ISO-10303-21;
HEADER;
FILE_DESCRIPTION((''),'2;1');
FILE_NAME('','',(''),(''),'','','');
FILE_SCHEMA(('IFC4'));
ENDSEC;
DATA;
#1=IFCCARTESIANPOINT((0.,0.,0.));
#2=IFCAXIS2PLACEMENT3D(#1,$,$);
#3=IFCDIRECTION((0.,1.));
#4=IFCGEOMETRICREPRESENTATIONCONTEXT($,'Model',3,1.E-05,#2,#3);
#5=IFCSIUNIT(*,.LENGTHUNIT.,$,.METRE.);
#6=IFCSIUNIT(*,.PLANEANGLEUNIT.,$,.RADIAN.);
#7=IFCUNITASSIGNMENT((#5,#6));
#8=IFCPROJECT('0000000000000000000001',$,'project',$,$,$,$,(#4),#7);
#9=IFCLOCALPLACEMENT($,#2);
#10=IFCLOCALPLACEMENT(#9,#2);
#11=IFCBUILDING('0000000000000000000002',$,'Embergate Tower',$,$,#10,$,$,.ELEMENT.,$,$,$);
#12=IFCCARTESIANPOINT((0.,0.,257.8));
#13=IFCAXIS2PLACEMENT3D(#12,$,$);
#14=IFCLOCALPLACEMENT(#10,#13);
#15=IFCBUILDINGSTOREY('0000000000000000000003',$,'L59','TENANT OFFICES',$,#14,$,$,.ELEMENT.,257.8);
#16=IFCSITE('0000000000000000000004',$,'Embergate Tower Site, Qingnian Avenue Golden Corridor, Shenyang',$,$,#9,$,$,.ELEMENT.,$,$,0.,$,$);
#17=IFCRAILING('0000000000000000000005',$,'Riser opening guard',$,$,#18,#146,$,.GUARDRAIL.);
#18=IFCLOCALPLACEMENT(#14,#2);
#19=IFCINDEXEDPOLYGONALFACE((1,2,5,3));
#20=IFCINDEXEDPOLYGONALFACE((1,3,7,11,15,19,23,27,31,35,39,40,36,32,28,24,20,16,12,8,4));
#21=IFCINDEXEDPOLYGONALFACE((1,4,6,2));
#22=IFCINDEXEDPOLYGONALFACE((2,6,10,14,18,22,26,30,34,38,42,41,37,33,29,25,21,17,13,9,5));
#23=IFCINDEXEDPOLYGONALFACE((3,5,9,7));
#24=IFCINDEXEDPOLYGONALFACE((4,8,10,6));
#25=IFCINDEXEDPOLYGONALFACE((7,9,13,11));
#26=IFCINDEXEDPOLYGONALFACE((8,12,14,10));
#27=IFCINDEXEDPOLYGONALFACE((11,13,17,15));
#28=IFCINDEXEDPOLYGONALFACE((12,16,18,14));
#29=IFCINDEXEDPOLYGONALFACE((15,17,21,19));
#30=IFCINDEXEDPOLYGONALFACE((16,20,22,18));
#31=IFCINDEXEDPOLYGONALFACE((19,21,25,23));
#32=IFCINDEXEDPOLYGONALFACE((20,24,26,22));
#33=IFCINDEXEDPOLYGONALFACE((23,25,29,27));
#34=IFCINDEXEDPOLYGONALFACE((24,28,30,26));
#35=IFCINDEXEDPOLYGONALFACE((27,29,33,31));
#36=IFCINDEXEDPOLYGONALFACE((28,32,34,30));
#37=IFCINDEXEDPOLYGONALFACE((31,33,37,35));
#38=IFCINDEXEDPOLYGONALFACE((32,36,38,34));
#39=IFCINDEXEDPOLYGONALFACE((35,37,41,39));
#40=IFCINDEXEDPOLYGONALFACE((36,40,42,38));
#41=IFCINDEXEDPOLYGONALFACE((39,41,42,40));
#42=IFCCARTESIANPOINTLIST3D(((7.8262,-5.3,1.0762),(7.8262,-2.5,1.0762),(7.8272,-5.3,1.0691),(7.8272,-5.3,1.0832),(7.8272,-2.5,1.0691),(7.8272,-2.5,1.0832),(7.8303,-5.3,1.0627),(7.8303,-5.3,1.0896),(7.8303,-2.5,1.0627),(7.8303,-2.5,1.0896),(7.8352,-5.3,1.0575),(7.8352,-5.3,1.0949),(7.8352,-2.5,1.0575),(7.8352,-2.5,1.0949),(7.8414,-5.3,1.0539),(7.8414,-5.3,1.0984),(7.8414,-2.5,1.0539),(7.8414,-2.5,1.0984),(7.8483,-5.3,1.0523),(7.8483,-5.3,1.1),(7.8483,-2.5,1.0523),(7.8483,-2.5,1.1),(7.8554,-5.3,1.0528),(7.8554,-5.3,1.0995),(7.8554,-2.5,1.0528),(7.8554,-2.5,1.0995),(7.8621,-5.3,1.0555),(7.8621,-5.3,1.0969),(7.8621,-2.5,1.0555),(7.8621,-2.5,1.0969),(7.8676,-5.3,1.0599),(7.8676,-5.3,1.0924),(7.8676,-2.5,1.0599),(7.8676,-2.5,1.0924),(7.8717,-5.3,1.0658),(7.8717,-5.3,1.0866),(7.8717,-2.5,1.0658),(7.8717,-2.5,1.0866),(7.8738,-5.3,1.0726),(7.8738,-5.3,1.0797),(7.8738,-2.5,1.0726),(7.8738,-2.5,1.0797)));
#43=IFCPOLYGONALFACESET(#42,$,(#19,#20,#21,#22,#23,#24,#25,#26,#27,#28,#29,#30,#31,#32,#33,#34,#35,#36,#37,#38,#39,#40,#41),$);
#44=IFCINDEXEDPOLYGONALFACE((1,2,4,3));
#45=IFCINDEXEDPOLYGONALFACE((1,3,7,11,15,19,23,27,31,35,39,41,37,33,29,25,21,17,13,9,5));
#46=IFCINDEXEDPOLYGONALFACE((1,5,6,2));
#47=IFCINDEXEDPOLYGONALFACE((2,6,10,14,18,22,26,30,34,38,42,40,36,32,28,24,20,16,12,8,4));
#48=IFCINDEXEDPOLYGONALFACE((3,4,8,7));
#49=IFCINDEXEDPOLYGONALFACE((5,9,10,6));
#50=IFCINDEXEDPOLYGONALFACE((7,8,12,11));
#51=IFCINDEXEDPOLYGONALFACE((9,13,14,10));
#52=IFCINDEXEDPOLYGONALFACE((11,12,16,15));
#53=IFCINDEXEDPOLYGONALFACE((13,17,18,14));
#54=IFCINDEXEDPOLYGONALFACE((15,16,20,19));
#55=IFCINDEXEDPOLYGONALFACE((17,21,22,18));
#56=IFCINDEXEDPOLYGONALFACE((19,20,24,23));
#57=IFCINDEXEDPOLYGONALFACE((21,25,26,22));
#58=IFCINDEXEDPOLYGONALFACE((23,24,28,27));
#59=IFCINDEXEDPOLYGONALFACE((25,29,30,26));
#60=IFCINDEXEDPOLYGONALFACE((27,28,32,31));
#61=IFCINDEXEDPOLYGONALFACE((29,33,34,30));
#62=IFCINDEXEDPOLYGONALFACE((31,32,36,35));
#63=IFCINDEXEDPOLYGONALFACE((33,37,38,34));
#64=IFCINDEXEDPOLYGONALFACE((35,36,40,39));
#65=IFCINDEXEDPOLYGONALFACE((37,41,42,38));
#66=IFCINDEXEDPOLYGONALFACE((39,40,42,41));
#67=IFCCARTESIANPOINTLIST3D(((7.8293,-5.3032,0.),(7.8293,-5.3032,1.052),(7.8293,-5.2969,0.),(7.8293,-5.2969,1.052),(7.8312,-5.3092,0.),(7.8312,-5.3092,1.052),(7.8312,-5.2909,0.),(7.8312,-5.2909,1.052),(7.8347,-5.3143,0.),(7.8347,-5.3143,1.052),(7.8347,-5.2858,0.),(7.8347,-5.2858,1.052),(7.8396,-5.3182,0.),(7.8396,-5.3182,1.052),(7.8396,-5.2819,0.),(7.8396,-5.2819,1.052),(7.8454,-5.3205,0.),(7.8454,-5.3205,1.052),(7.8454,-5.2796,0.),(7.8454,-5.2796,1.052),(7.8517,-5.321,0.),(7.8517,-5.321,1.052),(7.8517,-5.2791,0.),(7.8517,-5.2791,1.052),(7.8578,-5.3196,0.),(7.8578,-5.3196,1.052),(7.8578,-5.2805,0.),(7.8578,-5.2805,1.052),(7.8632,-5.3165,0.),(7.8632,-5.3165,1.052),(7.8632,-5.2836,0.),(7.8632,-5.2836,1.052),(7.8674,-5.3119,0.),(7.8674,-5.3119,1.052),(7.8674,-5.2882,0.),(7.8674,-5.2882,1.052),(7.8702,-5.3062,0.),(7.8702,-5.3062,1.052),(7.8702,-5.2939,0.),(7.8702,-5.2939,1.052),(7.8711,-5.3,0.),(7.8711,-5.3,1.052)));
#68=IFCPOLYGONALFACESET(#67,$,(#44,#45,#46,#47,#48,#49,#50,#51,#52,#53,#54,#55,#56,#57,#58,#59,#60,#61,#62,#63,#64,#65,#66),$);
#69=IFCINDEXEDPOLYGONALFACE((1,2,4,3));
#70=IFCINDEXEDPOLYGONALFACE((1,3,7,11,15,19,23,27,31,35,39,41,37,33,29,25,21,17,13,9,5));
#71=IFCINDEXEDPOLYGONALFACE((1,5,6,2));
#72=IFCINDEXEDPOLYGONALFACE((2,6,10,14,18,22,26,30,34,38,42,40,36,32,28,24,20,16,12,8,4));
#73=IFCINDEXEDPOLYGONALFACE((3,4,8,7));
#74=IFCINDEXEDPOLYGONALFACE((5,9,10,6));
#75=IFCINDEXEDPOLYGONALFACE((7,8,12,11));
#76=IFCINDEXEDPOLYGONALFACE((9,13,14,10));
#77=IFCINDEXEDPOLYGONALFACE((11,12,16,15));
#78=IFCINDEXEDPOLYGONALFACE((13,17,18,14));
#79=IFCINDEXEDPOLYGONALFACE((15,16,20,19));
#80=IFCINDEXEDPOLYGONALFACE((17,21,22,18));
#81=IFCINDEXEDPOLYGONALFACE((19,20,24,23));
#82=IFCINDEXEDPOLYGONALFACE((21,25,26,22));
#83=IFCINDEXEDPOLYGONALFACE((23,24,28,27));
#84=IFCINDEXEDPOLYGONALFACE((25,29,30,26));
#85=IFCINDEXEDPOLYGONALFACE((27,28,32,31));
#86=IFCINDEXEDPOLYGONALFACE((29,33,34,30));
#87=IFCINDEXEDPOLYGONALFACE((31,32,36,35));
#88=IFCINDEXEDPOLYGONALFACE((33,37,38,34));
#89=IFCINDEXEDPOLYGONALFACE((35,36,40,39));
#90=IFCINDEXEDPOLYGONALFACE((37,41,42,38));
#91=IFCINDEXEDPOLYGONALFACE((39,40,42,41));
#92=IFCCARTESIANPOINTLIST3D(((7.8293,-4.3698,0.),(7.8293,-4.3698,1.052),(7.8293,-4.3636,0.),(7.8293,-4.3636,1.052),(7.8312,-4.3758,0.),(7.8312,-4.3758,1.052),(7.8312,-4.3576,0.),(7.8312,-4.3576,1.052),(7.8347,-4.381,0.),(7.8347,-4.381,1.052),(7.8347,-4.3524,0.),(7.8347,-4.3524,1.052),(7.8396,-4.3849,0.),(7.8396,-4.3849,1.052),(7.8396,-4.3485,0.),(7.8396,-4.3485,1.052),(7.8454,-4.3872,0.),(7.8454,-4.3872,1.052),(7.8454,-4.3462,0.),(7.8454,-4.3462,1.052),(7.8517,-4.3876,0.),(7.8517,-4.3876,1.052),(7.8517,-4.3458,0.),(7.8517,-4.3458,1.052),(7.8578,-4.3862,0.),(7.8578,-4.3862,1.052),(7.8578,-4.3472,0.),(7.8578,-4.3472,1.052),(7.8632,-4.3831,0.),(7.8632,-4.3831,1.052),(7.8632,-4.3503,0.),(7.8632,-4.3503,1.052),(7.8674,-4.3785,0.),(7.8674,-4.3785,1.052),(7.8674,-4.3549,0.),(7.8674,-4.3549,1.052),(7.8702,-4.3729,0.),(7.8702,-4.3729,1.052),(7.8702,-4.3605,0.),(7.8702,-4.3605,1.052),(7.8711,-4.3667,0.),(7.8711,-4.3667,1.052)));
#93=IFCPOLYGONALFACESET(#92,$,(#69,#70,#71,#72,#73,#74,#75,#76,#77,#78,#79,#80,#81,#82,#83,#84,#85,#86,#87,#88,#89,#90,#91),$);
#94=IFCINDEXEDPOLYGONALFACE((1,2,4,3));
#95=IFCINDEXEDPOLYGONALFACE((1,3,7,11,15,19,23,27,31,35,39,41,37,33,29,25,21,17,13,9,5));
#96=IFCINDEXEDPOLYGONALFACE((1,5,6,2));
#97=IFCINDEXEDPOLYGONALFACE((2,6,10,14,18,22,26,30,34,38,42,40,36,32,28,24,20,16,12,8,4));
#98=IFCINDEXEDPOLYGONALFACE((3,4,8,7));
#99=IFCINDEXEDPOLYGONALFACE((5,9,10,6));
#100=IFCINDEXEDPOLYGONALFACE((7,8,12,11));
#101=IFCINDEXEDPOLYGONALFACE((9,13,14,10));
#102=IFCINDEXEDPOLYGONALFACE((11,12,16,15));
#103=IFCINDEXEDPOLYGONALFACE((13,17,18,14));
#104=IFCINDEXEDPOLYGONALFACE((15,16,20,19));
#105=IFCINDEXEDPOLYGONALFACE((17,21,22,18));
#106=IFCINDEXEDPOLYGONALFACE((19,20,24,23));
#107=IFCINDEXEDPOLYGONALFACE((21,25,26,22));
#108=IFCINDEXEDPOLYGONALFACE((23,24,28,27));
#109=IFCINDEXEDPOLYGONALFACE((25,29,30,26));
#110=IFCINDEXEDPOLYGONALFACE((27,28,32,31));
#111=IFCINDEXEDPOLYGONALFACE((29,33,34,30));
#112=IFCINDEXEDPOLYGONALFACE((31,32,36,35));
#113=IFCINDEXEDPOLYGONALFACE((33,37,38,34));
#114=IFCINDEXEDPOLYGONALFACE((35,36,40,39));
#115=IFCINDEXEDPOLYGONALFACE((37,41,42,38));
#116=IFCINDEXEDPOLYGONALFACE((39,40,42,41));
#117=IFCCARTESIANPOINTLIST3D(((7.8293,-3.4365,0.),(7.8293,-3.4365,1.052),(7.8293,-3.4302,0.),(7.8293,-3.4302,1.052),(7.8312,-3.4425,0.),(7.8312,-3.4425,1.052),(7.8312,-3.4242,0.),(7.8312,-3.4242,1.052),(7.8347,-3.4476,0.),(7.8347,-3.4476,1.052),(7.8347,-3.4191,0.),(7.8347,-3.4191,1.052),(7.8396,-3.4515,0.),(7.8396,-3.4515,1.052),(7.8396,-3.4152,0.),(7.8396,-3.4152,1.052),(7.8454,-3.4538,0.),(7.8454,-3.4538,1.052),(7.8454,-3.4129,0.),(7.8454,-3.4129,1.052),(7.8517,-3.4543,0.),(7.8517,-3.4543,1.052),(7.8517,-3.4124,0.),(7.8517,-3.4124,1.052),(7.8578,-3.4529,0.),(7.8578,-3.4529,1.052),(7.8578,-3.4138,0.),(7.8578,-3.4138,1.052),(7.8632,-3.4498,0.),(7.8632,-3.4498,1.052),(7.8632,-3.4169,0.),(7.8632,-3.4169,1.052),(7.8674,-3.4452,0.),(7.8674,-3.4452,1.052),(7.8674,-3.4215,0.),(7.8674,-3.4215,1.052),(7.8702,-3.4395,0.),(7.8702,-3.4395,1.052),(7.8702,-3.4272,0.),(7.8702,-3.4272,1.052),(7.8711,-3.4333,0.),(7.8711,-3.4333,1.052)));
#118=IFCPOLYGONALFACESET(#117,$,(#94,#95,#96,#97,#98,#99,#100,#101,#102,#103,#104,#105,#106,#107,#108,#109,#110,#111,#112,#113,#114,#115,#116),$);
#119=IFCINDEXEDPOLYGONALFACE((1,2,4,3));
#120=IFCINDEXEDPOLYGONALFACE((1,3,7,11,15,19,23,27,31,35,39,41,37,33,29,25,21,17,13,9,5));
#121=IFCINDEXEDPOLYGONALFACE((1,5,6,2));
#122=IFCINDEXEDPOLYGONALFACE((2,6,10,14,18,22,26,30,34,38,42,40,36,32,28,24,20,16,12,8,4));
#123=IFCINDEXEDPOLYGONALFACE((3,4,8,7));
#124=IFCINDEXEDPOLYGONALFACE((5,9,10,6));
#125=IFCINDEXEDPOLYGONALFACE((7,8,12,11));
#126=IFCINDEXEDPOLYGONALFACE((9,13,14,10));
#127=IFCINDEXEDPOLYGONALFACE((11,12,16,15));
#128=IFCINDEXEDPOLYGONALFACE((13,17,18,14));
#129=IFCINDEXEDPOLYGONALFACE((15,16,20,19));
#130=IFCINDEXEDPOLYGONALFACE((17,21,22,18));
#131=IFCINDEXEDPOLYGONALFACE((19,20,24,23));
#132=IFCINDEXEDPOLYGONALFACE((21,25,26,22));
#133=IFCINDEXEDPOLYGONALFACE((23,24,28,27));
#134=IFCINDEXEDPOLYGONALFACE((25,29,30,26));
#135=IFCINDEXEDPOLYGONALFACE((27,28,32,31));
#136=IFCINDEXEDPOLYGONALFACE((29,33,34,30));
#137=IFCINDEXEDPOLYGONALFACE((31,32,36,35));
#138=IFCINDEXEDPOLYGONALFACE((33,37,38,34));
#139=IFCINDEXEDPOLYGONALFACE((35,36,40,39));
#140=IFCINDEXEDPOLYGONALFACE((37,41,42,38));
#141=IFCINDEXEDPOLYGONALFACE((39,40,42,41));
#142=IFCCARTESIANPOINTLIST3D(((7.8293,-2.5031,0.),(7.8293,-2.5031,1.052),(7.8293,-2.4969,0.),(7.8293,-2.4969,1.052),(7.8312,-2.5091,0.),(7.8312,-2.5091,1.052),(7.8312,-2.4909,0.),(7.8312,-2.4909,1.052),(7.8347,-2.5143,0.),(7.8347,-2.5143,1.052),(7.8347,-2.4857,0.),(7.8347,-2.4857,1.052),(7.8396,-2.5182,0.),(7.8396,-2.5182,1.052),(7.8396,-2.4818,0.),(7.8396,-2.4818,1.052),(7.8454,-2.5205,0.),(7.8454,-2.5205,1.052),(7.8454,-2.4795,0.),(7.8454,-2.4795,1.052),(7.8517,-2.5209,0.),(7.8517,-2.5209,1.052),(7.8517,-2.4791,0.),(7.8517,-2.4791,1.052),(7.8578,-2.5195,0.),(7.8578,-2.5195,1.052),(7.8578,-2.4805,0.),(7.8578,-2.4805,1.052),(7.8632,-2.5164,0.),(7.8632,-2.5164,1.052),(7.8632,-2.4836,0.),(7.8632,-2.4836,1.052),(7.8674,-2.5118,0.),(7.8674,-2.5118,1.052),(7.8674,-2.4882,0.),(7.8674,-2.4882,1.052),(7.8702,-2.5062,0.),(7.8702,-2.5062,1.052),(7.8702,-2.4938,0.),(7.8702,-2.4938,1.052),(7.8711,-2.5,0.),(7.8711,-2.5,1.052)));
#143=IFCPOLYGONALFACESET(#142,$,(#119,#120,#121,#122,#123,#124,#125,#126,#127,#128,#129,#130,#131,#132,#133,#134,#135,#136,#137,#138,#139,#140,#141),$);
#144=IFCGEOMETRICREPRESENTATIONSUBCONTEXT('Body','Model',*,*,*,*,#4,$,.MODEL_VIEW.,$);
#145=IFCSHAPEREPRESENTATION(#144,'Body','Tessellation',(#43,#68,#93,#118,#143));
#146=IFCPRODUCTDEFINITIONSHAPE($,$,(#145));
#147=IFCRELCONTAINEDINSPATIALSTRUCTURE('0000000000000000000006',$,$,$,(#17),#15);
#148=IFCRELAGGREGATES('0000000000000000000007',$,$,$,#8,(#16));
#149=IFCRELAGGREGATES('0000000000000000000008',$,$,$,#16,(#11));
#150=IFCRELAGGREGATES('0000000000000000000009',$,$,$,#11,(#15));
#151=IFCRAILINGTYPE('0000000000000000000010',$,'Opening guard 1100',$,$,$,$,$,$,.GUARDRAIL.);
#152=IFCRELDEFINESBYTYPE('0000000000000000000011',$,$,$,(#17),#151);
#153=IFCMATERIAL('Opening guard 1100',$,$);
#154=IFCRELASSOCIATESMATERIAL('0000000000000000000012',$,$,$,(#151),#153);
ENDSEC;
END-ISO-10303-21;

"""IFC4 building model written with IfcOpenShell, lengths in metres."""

from ifc_helpers import new_model, si_unit, direction, frame, origin, origin_2d, place, context, subcontext, project, spatial, circle, extrude, source, transform, mapped, material, type_object, element, save


model = new_model("IFC4")

# Units and contexts
model_context = context("Model", 3, precision=1e-05, world=origin(), true_north=direction((0.0, 1.0)))
body_context = subcontext(model_context, "Body", "Model", "MODEL_VIEW")
ifc_project = project(units=[si_unit("LENGTHUNIT", "METRE"), si_unit("PLANEANGLEUNIT", "RADIAN")], contexts=[model_context])

# Site, building, storey
site_placement = place(None, origin())
site = spatial("IfcSite", under=ifc_project, at=site_placement, Name="Embergate Tower Site, Qingnian Avenue Golden Corridor, Shenyang", CompositionType="ELEMENT", RefElevation=0.0)
building_placement = place(site_placement, origin())
building = spatial("IfcBuilding", under=site, at=building_placement, Name="Embergate Tower", CompositionType="ELEMENT")
storey_placement = place(building_placement, frame((0.0, 0.0, 257.8)))
storey = spatial("IfcBuildingStorey", under=building, at=storey_placement, Name="L59", Description="TENANT OFFICES", CompositionType="ELEMENT", Elevation=257.8)

# Railing
ifc_material_1 = material(Name="Opening guard 1100")
railing_type_1 = type_object("IfcRailingType", Name="Opening guard 1100", PredefinedType="GUARDRAIL", material=ifc_material_1)
shared_shape_1 = source(origin(), body_context, "Body", "SweptSolid", [
    extrude(circle(Radius=0.0239, at=origin_2d()), frame((0.0, 0.0, 1.0762), z_axis=(0.0, 1.0, 0.0), x_axis=(-1.0, 0.0, 0.0)), (0.0, 0.0, 1.0), 2.8),
    extrude(circle(Radius=0.021, at=origin_2d()), origin(), (0.0, 0.0, 1.0), 1.052),
    extrude(circle(Radius=0.021, at=origin_2d()), frame((0.0, 0.9333, 0.0)), (0.0, 0.0, 1.0), 1.052),
    extrude(circle(Radius=0.021, at=origin_2d()), frame((0.0, 1.8667, 0.0)), (0.0, 0.0, 1.0), 1.052),
    extrude(circle(Radius=0.021, at=origin_2d()), frame((0.0, 2.8, 0.0)), (0.0, 0.0, 1.0), 1.052),
])
railing_1_placement = place(storey_placement, frame((7.8501, -5.3, 0.0)))
element("IfcRailing", 1, at=railing_1_placement, inside=storey, type_object=railing_type_1, Name="Riser opening guard", PredefinedType="GUARDRAIL", context=body_context, shape_type="MappedRepresentation", body=[
    mapped(shared_shape_1, transform((0.0, 0.0, 0.0))),
])

save(model, "model.ifc")
